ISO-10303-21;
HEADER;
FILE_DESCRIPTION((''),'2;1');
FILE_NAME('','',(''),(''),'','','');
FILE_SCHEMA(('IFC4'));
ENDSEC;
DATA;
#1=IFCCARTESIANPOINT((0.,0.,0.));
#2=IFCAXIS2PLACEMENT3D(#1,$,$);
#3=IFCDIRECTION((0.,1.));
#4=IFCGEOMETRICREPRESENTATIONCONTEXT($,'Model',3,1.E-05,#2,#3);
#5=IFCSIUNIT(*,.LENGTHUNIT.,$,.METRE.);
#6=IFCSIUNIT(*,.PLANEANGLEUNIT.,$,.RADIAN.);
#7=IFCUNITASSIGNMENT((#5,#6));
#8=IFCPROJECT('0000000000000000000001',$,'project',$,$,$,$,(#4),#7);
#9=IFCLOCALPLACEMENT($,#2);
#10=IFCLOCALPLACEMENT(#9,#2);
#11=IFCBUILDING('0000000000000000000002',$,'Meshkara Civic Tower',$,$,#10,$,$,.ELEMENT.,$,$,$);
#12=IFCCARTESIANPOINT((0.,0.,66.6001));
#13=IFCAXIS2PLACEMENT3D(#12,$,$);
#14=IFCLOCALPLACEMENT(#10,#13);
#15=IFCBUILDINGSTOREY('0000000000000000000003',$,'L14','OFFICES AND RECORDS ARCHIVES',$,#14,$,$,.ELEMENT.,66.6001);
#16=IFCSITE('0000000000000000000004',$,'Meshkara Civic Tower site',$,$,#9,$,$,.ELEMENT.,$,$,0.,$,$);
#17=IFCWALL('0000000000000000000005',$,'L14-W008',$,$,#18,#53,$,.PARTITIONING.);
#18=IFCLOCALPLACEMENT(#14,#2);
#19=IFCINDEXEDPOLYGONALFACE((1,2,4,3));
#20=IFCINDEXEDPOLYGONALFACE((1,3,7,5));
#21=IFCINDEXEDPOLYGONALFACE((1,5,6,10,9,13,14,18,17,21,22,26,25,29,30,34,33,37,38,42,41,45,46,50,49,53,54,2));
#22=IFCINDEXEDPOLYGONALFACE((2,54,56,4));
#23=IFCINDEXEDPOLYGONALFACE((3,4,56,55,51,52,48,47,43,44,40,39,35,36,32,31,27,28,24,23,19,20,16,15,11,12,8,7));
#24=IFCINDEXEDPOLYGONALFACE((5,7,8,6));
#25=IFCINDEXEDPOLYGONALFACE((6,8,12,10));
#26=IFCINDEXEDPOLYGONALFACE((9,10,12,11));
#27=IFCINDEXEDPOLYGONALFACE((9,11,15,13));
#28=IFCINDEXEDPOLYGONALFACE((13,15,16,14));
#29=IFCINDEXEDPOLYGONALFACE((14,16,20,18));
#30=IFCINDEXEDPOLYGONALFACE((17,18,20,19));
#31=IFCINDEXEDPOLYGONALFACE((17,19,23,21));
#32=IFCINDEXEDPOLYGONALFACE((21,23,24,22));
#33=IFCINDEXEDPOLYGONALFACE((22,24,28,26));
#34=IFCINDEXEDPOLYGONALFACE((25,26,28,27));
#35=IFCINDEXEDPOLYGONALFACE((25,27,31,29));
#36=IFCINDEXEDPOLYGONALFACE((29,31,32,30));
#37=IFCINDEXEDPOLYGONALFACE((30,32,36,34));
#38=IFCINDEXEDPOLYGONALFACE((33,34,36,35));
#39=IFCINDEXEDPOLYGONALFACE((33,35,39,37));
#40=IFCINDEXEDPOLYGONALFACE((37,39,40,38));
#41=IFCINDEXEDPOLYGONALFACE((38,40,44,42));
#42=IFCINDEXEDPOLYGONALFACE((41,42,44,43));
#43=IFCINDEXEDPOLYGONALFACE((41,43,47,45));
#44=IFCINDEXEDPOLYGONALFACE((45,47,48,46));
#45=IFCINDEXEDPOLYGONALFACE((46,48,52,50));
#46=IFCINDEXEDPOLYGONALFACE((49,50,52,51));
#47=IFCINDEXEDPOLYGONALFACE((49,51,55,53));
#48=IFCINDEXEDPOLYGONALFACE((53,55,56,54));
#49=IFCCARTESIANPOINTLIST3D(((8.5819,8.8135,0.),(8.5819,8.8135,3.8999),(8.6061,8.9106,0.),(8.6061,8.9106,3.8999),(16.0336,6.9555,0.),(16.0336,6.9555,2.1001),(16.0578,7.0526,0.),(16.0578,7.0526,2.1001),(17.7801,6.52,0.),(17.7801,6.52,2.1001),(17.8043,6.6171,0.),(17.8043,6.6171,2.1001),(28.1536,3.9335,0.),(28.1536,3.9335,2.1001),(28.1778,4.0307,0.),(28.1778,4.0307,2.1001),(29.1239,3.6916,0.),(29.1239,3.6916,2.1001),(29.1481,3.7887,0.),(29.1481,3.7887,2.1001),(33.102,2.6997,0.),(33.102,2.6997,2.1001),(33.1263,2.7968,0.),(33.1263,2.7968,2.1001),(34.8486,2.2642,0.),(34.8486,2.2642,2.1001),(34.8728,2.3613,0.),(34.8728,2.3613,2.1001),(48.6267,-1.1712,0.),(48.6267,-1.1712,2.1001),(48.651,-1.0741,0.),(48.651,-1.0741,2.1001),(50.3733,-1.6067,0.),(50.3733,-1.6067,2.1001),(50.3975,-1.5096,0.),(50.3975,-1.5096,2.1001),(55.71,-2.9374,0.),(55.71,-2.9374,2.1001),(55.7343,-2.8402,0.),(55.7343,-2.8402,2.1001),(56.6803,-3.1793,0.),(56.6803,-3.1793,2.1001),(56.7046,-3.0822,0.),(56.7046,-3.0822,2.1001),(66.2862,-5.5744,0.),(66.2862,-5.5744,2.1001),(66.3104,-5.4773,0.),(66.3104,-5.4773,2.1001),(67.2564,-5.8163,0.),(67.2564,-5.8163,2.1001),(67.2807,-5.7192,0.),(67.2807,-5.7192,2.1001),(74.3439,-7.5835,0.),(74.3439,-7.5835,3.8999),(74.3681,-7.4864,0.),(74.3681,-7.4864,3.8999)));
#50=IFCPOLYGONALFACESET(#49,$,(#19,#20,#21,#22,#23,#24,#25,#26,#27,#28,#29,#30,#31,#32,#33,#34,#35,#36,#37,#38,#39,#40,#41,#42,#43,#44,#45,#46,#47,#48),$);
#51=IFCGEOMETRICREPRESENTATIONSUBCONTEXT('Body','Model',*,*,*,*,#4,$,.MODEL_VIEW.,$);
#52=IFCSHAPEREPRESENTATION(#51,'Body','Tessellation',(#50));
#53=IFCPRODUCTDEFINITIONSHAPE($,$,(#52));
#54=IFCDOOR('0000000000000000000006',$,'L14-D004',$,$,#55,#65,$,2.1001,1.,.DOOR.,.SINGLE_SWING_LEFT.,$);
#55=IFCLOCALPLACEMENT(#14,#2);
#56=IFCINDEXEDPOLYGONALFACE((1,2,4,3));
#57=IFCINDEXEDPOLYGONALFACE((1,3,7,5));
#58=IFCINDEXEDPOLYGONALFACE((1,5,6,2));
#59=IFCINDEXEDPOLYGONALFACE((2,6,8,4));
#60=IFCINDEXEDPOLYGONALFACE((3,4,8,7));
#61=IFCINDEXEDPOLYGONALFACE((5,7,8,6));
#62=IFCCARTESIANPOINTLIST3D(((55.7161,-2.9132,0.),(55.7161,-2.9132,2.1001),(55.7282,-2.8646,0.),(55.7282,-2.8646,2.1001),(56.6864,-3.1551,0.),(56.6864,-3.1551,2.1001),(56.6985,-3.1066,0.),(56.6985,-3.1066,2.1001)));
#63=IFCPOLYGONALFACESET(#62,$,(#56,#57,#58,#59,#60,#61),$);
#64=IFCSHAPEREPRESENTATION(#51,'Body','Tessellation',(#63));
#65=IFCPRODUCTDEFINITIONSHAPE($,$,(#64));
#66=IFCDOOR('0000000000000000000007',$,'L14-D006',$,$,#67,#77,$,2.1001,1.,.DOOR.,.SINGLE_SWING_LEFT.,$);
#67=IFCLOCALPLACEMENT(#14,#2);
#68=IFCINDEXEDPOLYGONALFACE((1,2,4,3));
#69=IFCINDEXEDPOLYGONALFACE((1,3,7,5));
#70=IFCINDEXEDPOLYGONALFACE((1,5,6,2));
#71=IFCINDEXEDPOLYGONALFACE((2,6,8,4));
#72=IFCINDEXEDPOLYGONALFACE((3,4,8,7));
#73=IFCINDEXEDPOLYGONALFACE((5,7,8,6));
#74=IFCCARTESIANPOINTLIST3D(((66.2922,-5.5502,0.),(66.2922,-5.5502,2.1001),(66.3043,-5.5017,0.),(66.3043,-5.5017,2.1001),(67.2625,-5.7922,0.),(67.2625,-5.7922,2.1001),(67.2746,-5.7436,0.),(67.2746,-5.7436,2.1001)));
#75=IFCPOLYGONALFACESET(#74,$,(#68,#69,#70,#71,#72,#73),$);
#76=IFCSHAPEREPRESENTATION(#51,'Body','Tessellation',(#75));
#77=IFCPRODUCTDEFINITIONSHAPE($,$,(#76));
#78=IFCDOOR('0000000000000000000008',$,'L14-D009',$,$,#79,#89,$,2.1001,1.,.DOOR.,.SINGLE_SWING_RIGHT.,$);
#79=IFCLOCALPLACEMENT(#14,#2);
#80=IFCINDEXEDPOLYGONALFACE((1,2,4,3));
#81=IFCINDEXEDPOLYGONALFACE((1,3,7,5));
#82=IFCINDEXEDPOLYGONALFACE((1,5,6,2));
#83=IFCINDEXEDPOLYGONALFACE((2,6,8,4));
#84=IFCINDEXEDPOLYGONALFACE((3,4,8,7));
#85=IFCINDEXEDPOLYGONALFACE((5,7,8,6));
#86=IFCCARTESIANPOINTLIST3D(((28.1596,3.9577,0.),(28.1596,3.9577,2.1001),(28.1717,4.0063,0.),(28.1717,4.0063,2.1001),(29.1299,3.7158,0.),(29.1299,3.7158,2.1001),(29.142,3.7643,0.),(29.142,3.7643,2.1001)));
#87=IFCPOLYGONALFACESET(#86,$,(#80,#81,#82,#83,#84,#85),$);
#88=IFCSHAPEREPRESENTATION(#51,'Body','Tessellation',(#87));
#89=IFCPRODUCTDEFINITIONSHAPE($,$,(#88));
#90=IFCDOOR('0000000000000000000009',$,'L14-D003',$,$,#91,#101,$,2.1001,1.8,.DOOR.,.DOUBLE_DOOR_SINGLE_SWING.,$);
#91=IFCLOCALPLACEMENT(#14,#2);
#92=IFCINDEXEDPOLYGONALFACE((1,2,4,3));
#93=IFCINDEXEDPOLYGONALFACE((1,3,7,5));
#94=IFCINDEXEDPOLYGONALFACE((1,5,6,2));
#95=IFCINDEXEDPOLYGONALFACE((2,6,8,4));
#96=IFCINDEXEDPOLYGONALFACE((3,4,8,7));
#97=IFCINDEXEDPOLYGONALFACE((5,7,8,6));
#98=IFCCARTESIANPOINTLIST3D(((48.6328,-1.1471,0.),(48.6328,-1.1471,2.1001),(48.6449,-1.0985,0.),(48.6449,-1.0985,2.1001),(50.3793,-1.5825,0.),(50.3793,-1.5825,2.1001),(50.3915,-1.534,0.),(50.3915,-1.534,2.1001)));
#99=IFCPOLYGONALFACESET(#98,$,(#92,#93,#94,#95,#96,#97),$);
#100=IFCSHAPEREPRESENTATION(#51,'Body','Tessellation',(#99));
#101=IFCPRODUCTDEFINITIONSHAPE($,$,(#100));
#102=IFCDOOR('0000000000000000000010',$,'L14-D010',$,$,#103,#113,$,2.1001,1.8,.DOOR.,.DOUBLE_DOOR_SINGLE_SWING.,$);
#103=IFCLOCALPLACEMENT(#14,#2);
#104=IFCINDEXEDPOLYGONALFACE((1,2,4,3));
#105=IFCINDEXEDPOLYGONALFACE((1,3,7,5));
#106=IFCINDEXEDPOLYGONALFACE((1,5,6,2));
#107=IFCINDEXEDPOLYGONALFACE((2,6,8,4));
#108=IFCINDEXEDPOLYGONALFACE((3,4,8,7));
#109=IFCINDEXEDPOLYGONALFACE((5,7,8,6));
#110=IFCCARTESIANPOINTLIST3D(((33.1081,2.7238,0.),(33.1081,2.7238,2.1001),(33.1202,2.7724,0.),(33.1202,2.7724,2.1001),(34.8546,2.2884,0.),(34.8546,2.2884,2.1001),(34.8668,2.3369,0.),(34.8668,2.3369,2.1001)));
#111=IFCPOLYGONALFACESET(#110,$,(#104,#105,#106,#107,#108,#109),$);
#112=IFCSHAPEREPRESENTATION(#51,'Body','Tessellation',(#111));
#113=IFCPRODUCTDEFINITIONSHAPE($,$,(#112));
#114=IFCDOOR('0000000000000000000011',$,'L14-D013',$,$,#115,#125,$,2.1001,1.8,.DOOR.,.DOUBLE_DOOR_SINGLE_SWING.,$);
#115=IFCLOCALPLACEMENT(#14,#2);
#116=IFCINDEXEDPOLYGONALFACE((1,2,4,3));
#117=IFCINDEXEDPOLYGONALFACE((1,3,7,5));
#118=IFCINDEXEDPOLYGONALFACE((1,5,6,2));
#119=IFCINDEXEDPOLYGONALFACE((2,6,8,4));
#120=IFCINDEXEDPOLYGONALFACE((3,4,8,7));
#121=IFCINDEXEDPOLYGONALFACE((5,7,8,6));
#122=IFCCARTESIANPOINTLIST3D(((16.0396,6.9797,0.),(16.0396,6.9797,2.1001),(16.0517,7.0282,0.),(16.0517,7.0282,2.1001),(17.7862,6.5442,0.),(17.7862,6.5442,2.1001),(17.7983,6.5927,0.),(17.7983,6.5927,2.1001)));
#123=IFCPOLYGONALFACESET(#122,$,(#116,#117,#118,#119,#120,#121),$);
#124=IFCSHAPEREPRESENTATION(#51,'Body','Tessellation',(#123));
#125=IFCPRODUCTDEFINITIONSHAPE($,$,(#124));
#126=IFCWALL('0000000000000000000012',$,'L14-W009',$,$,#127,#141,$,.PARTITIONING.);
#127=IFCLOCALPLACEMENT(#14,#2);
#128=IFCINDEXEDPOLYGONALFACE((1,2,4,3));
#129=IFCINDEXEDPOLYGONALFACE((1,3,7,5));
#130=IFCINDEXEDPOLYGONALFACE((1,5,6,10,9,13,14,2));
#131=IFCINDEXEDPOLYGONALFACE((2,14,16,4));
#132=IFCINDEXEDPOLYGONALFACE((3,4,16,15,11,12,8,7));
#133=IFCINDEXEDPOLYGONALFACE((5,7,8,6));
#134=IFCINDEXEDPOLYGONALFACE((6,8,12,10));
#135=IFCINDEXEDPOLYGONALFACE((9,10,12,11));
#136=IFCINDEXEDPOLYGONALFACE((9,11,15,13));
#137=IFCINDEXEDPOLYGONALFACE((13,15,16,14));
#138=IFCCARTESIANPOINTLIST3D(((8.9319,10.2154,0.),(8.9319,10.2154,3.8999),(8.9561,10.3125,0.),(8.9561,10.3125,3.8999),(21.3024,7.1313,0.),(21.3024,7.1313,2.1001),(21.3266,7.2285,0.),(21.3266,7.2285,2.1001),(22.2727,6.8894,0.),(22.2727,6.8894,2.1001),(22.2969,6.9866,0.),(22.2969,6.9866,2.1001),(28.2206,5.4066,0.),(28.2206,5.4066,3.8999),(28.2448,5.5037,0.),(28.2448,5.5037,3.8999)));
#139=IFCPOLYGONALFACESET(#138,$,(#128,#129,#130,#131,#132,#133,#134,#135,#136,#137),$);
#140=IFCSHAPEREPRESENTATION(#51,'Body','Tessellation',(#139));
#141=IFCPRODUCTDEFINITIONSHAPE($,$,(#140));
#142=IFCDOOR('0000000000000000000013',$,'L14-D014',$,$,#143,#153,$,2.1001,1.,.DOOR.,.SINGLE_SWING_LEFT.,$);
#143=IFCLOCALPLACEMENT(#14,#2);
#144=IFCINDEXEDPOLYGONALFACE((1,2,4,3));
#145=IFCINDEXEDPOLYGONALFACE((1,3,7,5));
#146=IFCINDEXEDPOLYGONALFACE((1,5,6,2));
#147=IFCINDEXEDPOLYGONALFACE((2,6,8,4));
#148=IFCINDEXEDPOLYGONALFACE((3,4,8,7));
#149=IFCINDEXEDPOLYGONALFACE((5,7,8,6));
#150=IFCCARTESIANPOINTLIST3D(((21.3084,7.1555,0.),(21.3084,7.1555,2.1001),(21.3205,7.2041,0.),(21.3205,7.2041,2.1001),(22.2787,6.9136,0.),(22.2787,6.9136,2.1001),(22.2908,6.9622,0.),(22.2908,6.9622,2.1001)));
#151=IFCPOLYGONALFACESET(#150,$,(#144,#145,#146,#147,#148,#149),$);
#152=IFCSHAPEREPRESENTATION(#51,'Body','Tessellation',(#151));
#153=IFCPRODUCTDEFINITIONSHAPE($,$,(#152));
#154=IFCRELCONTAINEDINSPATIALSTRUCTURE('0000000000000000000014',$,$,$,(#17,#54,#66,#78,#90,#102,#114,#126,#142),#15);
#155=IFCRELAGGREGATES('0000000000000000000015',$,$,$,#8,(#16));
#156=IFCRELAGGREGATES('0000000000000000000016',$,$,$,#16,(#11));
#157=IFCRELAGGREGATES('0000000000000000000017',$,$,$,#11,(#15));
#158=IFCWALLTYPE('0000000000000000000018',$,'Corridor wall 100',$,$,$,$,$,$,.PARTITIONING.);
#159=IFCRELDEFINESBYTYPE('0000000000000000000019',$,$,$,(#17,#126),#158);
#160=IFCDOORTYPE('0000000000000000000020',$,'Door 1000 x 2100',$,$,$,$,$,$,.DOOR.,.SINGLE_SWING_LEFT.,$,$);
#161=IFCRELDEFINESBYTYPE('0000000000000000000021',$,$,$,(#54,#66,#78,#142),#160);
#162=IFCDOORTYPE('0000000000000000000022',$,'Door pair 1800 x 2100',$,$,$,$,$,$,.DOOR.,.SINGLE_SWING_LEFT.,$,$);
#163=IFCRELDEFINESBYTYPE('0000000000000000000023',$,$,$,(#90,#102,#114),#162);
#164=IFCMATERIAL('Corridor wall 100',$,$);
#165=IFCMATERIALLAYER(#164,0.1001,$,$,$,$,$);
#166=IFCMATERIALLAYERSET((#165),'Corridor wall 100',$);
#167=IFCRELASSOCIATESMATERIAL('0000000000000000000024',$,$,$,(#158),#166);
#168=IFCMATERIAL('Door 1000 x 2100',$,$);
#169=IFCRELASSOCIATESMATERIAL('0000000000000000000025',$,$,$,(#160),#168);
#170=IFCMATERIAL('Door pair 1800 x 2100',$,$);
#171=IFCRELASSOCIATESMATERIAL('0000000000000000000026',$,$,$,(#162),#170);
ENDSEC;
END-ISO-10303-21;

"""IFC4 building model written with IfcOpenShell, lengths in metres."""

from ifc_helpers import new_model, si_unit, direction, frame, frame_2d, origin, place, context, subcontext, project, spatial, rectangle, extrude, material, layer, layer_set, type_object, element, fill, save


model = new_model("IFC4")

# Units and contexts
model_context = context("Model", 3, precision=1e-05, world=origin(), true_north=direction((0.0, 1.0)))
body_context = subcontext(model_context, "Body", "Model", "MODEL_VIEW")
ifc_project = project(units=[si_unit("LENGTHUNIT", "METRE"), si_unit("PLANEANGLEUNIT", "RADIAN")], contexts=[model_context])

# Site, building, storey
site_placement = place(None, origin())
site = spatial("IfcSite", under=ifc_project, at=site_placement, Name="Meshkara Civic Tower site", CompositionType="ELEMENT", RefElevation=0.0)
building_placement = place(site_placement, origin())
building = spatial("IfcBuilding", under=site, at=building_placement, Name="Meshkara Civic Tower", CompositionType="ELEMENT")
storey_placement = place(building_placement, frame((0.0, 0.0, 66.6001)))
storey = spatial("IfcBuildingStorey", under=building, at=storey_placement, Name="L14", Description="OFFICES AND RECORDS ARCHIVES", CompositionType="ELEMENT", Elevation=66.6001)

# Shared definitions
ifc_material_1 = material(Name="Corridor wall 100")
ifc_layer_1 = layer(ifc_material_1, 0.1001)
ifc_layer_set_1 = layer_set([ifc_layer_1], Name="Corridor wall 100")
wall_type_1 = type_object("IfcWallType", Name="Corridor wall 100", PredefinedType="PARTITIONING", material=ifc_layer_set_1)

# Shared definitions
ifc_material_2 = material(Name="Door 1000 x 2100")
door_type_1 = type_object("IfcDoorType", Name="Door 1000 x 2100", OperationType="SINGLE_SWING_LEFT", PredefinedType="DOOR", material=ifc_material_2)

# Wall, openings, doors
wall_1_placement = place(storey_placement, frame((8.594, 8.8621, 0.0), z_axis=(0.0, 0.0, 1.0), x_axis=(0.970293, -0.241931, 0.0)))
wall_1 = element("IfcWall", 1, at=wall_1_placement, inside=storey, type_object=wall_type_1, Name="L14-W008", PredefinedType="PARTITIONING", context=body_context, shape_type="SweptSolid", body=[
    extrude(rectangle(XDim=67.7754, YDim=0.1001, at=frame_2d((33.8877, 0.0))), origin(), (0.0, 0.0, 1.0), 3.8999),
])
opening_1_placement = place(wall_1_placement, frame((41.271, 0.0, 0.0)))
opening_1 = element("IfcOpeningElement", 2, at=opening_1_placement, cuts=wall_1, PredefinedType="OPENING", context=body_context, shape_type="SweptSolid", body=[
    extrude(rectangle(XDim=1.8, YDim=2.1001, at=frame_2d((0.8999, 1.05))), frame((0.0, 0.0601, 0.0), z_axis=(0.0, -1.0, 0.0), x_axis=(1.0, 0.0, 0.0)), (0.0, 0.0, 1.0), 0.1201),
])
opening_2_placement = place(wall_1_placement, frame((48.571, 0.0, 0.0)))
opening_2 = element("IfcOpeningElement", 3, at=opening_2_placement, cuts=wall_1, PredefinedType="OPENING", context=body_context, shape_type="SweptSolid", body=[
    extrude(rectangle(XDim=1.0, YDim=2.1001, at=frame_2d((0.5, 1.05))), frame((0.0, 0.0601, 0.0), z_axis=(0.0, -1.0, 0.0), x_axis=(1.0, 0.0, 0.0)), (0.0, 0.0, 1.0), 0.1201),
])
opening_3_placement = place(wall_1_placement, frame((59.4709, 0.0, 0.0)))
opening_3 = element("IfcOpeningElement", 4, at=opening_3_placement, cuts=wall_1, PredefinedType="OPENING", context=body_context, shape_type="SweptSolid", body=[
    extrude(rectangle(XDim=1.0, YDim=2.1001, at=frame_2d((0.5, 1.05))), frame((0.0, 0.0601, 0.0), z_axis=(0.0, -1.0, 0.0), x_axis=(1.0, 0.0, 0.0)), (0.0, 0.0, 1.0), 0.1201),
])
opening_4_placement = place(wall_1_placement, frame((20.1709, 0.0, 0.0)))
opening_4 = element("IfcOpeningElement", 5, at=opening_4_placement, cuts=wall_1, PredefinedType="OPENING", context=body_context, shape_type="SweptSolid", body=[
    extrude(rectangle(XDim=1.0, YDim=2.1001, at=frame_2d((0.5, 1.05))), frame((0.0, 0.0601, 0.0), z_axis=(0.0, -1.0, 0.0), x_axis=(1.0, 0.0, 0.0)), (0.0, 0.0, 1.0), 0.1201),
])
opening_5_placement = place(wall_1_placement, frame((25.271, 0.0, 0.0)))
opening_5 = element("IfcOpeningElement", 6, at=opening_5_placement, cuts=wall_1, PredefinedType="OPENING", context=body_context, shape_type="SweptSolid", body=[
    extrude(rectangle(XDim=1.8, YDim=2.1001, at=frame_2d((0.8999, 1.05))), frame((0.0, 0.0601, 0.0), z_axis=(0.0, -1.0, 0.0), x_axis=(1.0, 0.0, 0.0)), (0.0, 0.0, 1.0), 0.1201),
])
opening_6_placement = place(wall_1_placement, frame((7.6799, 0.0, 0.0)))
opening_6 = element("IfcOpeningElement", 7, at=opening_6_placement, cuts=wall_1, PredefinedType="OPENING", context=body_context, shape_type="SweptSolid", body=[
    extrude(rectangle(XDim=1.8, YDim=2.1001, at=frame_2d((0.8999, 1.05))), frame((0.0, 0.0601, 0.0), z_axis=(0.0, -1.0, 0.0), x_axis=(1.0, 0.0, 0.0)), (0.0, 0.0, 1.0), 0.1201),
])
door_1_placement = place(opening_2_placement, origin())
door_1 = element("IfcDoor", 8, at=door_1_placement, inside=storey, type_object=door_type_1, Name="L14-D004", OperationType="SINGLE_SWING_LEFT", OverallHeight=2.1001, OverallWidth=1.0, PredefinedType="DOOR", context=body_context, shape_type="SweptSolid", body=[
    extrude(rectangle(XDim=1.0, YDim=2.1001, at=frame_2d((0.5, 1.05))), frame((0.0, 0.0249, 0.0), z_axis=(0.0, -1.0, 0.0), x_axis=(1.0, 0.0, 0.0)), (0.0, 0.0, 1.0), 0.05),
])
fill(opening_2, door_1)
door_2_placement = place(opening_3_placement, origin())
door_2 = element("IfcDoor", 9, at=door_2_placement, inside=storey, type_object=door_type_1, Name="L14-D006", OperationType="SINGLE_SWING_LEFT", OverallHeight=2.1001, OverallWidth=1.0, PredefinedType="DOOR", context=body_context, shape_type="SweptSolid", body=[
    extrude(rectangle(XDim=1.0, YDim=2.1001, at=frame_2d((0.5, 1.05))), frame((0.0, 0.0249, 0.0), z_axis=(0.0, -1.0, 0.0), x_axis=(1.0, 0.0, 0.0)), (0.0, 0.0, 1.0), 0.05),
])
fill(opening_3, door_2)
door_3_placement = place(opening_4_placement, origin())
door_3 = element("IfcDoor", 10, at=door_3_placement, inside=storey, type_object=door_type_1, Name="L14-D009", OperationType="SINGLE_SWING_RIGHT", OverallHeight=2.1001, OverallWidth=1.0, PredefinedType="DOOR", context=body_context, shape_type="SweptSolid", body=[
    extrude(rectangle(XDim=1.0, YDim=2.1001, at=frame_2d((0.5, 1.05))), frame((0.0, 0.0249, 0.0), z_axis=(0.0, -1.0, 0.0), x_axis=(1.0, 0.0, 0.0)), (0.0, 0.0, 1.0), 0.05),
])
fill(opening_4, door_3)
ifc_material_3 = material(Name="Door pair 1800 x 2100")
door_type_2 = type_object("IfcDoorType", Name="Door pair 1800 x 2100", OperationType="SINGLE_SWING_LEFT", PredefinedType="DOOR", material=ifc_material_3)
door_4_placement = place(opening_1_placement, origin())
door_4 = element("IfcDoor", 11, at=door_4_placement, inside=storey, type_object=door_type_2, Name="L14-D003", OperationType="DOUBLE_DOOR_SINGLE_SWING", OverallHeight=2.1001, OverallWidth=1.8, PredefinedType="DOOR", context=body_context, shape_type="SweptSolid", body=[
    extrude(rectangle(XDim=1.8, YDim=2.1001, at=frame_2d((0.8999, 1.05))), frame((0.0, 0.0249, 0.0), z_axis=(0.0, -1.0, 0.0), x_axis=(1.0, 0.0, 0.0)), (0.0, 0.0, 1.0), 0.05),
])
fill(opening_1, door_4)
door_5_placement = place(opening_5_placement, origin())
door_5 = element("IfcDoor", 12, at=door_5_placement, inside=storey, type_object=door_type_2, Name="L14-D010", OperationType="DOUBLE_DOOR_SINGLE_SWING", OverallHeight=2.1001, OverallWidth=1.8, PredefinedType="DOOR", context=body_context, shape_type="SweptSolid", body=[
    extrude(rectangle(XDim=1.8, YDim=2.1001, at=frame_2d((0.8999, 1.05))), frame((0.0, 0.0249, 0.0), z_axis=(0.0, -1.0, 0.0), x_axis=(1.0, 0.0, 0.0)), (0.0, 0.0, 1.0), 0.05),
])
fill(opening_5, door_5)
door_6_placement = place(opening_6_placement, origin())
door_6 = element("IfcDoor", 13, at=door_6_placement, inside=storey, type_object=door_type_2, Name="L14-D013", OperationType="DOUBLE_DOOR_SINGLE_SWING", OverallHeight=2.1001, OverallWidth=1.8, PredefinedType="DOOR", context=body_context, shape_type="SweptSolid", body=[
    extrude(rectangle(XDim=1.8, YDim=2.1001, at=frame_2d((0.8999, 1.05))), frame((0.0, 0.0249, 0.0), z_axis=(0.0, -1.0, 0.0), x_axis=(1.0, 0.0, 0.0)), (0.0, 0.0, 1.0), 0.05),
])
fill(opening_6, door_6)

# Wall, opening, door
wall_2_placement = place(storey_placement, frame((8.9441, 10.2639, 0.0), z_axis=(0.0, 0.0, 1.0), x_axis=(0.970301, -0.241903, 0.0)))
wall_2 = element("IfcWall", 14, at=wall_2_placement, inside=storey, type_object=wall_type_1, Name="L14-W009", PredefinedType="PARTITIONING", context=body_context, shape_type="SweptSolid", body=[
    extrude(rectangle(XDim=19.8792, YDim=0.1001, at=frame_2d((9.9395, 0.0))), origin(), (0.0, 0.0, 1.0), 3.8999),
])
opening_7_placement = place(wall_2_placement, frame((12.749, 0.0, 0.0)))
opening_7 = element("IfcOpeningElement", 15, at=opening_7_placement, cuts=wall_2, PredefinedType="OPENING", context=body_context, shape_type="SweptSolid", body=[
    extrude(rectangle(XDim=1.0, YDim=2.1001, at=frame_2d((0.5, 1.05))), frame((0.0, 0.0601, 0.0), z_axis=(0.0, -1.0, 0.0), x_axis=(1.0, 0.0, 0.0)), (0.0, 0.0, 1.0), 0.1201),
])
door_7_placement = place(opening_7_placement, origin())
door_7 = element("IfcDoor", 16, at=door_7_placement, inside=storey, type_object=door_type_1, Name="L14-D014", OperationType="SINGLE_SWING_LEFT", OverallHeight=2.1001, OverallWidth=1.0, PredefinedType="DOOR", context=body_context, shape_type="SweptSolid", body=[
    extrude(rectangle(XDim=1.0, YDim=2.1001, at=frame_2d((0.5, 1.05))), frame((0.0, 0.0249, 0.0), z_axis=(0.0, -1.0, 0.0), x_axis=(1.0, 0.0, 0.0)), (0.0, 0.0, 1.0), 0.05),
])
fill(opening_7, door_7)

save(model, "model.ifc")
